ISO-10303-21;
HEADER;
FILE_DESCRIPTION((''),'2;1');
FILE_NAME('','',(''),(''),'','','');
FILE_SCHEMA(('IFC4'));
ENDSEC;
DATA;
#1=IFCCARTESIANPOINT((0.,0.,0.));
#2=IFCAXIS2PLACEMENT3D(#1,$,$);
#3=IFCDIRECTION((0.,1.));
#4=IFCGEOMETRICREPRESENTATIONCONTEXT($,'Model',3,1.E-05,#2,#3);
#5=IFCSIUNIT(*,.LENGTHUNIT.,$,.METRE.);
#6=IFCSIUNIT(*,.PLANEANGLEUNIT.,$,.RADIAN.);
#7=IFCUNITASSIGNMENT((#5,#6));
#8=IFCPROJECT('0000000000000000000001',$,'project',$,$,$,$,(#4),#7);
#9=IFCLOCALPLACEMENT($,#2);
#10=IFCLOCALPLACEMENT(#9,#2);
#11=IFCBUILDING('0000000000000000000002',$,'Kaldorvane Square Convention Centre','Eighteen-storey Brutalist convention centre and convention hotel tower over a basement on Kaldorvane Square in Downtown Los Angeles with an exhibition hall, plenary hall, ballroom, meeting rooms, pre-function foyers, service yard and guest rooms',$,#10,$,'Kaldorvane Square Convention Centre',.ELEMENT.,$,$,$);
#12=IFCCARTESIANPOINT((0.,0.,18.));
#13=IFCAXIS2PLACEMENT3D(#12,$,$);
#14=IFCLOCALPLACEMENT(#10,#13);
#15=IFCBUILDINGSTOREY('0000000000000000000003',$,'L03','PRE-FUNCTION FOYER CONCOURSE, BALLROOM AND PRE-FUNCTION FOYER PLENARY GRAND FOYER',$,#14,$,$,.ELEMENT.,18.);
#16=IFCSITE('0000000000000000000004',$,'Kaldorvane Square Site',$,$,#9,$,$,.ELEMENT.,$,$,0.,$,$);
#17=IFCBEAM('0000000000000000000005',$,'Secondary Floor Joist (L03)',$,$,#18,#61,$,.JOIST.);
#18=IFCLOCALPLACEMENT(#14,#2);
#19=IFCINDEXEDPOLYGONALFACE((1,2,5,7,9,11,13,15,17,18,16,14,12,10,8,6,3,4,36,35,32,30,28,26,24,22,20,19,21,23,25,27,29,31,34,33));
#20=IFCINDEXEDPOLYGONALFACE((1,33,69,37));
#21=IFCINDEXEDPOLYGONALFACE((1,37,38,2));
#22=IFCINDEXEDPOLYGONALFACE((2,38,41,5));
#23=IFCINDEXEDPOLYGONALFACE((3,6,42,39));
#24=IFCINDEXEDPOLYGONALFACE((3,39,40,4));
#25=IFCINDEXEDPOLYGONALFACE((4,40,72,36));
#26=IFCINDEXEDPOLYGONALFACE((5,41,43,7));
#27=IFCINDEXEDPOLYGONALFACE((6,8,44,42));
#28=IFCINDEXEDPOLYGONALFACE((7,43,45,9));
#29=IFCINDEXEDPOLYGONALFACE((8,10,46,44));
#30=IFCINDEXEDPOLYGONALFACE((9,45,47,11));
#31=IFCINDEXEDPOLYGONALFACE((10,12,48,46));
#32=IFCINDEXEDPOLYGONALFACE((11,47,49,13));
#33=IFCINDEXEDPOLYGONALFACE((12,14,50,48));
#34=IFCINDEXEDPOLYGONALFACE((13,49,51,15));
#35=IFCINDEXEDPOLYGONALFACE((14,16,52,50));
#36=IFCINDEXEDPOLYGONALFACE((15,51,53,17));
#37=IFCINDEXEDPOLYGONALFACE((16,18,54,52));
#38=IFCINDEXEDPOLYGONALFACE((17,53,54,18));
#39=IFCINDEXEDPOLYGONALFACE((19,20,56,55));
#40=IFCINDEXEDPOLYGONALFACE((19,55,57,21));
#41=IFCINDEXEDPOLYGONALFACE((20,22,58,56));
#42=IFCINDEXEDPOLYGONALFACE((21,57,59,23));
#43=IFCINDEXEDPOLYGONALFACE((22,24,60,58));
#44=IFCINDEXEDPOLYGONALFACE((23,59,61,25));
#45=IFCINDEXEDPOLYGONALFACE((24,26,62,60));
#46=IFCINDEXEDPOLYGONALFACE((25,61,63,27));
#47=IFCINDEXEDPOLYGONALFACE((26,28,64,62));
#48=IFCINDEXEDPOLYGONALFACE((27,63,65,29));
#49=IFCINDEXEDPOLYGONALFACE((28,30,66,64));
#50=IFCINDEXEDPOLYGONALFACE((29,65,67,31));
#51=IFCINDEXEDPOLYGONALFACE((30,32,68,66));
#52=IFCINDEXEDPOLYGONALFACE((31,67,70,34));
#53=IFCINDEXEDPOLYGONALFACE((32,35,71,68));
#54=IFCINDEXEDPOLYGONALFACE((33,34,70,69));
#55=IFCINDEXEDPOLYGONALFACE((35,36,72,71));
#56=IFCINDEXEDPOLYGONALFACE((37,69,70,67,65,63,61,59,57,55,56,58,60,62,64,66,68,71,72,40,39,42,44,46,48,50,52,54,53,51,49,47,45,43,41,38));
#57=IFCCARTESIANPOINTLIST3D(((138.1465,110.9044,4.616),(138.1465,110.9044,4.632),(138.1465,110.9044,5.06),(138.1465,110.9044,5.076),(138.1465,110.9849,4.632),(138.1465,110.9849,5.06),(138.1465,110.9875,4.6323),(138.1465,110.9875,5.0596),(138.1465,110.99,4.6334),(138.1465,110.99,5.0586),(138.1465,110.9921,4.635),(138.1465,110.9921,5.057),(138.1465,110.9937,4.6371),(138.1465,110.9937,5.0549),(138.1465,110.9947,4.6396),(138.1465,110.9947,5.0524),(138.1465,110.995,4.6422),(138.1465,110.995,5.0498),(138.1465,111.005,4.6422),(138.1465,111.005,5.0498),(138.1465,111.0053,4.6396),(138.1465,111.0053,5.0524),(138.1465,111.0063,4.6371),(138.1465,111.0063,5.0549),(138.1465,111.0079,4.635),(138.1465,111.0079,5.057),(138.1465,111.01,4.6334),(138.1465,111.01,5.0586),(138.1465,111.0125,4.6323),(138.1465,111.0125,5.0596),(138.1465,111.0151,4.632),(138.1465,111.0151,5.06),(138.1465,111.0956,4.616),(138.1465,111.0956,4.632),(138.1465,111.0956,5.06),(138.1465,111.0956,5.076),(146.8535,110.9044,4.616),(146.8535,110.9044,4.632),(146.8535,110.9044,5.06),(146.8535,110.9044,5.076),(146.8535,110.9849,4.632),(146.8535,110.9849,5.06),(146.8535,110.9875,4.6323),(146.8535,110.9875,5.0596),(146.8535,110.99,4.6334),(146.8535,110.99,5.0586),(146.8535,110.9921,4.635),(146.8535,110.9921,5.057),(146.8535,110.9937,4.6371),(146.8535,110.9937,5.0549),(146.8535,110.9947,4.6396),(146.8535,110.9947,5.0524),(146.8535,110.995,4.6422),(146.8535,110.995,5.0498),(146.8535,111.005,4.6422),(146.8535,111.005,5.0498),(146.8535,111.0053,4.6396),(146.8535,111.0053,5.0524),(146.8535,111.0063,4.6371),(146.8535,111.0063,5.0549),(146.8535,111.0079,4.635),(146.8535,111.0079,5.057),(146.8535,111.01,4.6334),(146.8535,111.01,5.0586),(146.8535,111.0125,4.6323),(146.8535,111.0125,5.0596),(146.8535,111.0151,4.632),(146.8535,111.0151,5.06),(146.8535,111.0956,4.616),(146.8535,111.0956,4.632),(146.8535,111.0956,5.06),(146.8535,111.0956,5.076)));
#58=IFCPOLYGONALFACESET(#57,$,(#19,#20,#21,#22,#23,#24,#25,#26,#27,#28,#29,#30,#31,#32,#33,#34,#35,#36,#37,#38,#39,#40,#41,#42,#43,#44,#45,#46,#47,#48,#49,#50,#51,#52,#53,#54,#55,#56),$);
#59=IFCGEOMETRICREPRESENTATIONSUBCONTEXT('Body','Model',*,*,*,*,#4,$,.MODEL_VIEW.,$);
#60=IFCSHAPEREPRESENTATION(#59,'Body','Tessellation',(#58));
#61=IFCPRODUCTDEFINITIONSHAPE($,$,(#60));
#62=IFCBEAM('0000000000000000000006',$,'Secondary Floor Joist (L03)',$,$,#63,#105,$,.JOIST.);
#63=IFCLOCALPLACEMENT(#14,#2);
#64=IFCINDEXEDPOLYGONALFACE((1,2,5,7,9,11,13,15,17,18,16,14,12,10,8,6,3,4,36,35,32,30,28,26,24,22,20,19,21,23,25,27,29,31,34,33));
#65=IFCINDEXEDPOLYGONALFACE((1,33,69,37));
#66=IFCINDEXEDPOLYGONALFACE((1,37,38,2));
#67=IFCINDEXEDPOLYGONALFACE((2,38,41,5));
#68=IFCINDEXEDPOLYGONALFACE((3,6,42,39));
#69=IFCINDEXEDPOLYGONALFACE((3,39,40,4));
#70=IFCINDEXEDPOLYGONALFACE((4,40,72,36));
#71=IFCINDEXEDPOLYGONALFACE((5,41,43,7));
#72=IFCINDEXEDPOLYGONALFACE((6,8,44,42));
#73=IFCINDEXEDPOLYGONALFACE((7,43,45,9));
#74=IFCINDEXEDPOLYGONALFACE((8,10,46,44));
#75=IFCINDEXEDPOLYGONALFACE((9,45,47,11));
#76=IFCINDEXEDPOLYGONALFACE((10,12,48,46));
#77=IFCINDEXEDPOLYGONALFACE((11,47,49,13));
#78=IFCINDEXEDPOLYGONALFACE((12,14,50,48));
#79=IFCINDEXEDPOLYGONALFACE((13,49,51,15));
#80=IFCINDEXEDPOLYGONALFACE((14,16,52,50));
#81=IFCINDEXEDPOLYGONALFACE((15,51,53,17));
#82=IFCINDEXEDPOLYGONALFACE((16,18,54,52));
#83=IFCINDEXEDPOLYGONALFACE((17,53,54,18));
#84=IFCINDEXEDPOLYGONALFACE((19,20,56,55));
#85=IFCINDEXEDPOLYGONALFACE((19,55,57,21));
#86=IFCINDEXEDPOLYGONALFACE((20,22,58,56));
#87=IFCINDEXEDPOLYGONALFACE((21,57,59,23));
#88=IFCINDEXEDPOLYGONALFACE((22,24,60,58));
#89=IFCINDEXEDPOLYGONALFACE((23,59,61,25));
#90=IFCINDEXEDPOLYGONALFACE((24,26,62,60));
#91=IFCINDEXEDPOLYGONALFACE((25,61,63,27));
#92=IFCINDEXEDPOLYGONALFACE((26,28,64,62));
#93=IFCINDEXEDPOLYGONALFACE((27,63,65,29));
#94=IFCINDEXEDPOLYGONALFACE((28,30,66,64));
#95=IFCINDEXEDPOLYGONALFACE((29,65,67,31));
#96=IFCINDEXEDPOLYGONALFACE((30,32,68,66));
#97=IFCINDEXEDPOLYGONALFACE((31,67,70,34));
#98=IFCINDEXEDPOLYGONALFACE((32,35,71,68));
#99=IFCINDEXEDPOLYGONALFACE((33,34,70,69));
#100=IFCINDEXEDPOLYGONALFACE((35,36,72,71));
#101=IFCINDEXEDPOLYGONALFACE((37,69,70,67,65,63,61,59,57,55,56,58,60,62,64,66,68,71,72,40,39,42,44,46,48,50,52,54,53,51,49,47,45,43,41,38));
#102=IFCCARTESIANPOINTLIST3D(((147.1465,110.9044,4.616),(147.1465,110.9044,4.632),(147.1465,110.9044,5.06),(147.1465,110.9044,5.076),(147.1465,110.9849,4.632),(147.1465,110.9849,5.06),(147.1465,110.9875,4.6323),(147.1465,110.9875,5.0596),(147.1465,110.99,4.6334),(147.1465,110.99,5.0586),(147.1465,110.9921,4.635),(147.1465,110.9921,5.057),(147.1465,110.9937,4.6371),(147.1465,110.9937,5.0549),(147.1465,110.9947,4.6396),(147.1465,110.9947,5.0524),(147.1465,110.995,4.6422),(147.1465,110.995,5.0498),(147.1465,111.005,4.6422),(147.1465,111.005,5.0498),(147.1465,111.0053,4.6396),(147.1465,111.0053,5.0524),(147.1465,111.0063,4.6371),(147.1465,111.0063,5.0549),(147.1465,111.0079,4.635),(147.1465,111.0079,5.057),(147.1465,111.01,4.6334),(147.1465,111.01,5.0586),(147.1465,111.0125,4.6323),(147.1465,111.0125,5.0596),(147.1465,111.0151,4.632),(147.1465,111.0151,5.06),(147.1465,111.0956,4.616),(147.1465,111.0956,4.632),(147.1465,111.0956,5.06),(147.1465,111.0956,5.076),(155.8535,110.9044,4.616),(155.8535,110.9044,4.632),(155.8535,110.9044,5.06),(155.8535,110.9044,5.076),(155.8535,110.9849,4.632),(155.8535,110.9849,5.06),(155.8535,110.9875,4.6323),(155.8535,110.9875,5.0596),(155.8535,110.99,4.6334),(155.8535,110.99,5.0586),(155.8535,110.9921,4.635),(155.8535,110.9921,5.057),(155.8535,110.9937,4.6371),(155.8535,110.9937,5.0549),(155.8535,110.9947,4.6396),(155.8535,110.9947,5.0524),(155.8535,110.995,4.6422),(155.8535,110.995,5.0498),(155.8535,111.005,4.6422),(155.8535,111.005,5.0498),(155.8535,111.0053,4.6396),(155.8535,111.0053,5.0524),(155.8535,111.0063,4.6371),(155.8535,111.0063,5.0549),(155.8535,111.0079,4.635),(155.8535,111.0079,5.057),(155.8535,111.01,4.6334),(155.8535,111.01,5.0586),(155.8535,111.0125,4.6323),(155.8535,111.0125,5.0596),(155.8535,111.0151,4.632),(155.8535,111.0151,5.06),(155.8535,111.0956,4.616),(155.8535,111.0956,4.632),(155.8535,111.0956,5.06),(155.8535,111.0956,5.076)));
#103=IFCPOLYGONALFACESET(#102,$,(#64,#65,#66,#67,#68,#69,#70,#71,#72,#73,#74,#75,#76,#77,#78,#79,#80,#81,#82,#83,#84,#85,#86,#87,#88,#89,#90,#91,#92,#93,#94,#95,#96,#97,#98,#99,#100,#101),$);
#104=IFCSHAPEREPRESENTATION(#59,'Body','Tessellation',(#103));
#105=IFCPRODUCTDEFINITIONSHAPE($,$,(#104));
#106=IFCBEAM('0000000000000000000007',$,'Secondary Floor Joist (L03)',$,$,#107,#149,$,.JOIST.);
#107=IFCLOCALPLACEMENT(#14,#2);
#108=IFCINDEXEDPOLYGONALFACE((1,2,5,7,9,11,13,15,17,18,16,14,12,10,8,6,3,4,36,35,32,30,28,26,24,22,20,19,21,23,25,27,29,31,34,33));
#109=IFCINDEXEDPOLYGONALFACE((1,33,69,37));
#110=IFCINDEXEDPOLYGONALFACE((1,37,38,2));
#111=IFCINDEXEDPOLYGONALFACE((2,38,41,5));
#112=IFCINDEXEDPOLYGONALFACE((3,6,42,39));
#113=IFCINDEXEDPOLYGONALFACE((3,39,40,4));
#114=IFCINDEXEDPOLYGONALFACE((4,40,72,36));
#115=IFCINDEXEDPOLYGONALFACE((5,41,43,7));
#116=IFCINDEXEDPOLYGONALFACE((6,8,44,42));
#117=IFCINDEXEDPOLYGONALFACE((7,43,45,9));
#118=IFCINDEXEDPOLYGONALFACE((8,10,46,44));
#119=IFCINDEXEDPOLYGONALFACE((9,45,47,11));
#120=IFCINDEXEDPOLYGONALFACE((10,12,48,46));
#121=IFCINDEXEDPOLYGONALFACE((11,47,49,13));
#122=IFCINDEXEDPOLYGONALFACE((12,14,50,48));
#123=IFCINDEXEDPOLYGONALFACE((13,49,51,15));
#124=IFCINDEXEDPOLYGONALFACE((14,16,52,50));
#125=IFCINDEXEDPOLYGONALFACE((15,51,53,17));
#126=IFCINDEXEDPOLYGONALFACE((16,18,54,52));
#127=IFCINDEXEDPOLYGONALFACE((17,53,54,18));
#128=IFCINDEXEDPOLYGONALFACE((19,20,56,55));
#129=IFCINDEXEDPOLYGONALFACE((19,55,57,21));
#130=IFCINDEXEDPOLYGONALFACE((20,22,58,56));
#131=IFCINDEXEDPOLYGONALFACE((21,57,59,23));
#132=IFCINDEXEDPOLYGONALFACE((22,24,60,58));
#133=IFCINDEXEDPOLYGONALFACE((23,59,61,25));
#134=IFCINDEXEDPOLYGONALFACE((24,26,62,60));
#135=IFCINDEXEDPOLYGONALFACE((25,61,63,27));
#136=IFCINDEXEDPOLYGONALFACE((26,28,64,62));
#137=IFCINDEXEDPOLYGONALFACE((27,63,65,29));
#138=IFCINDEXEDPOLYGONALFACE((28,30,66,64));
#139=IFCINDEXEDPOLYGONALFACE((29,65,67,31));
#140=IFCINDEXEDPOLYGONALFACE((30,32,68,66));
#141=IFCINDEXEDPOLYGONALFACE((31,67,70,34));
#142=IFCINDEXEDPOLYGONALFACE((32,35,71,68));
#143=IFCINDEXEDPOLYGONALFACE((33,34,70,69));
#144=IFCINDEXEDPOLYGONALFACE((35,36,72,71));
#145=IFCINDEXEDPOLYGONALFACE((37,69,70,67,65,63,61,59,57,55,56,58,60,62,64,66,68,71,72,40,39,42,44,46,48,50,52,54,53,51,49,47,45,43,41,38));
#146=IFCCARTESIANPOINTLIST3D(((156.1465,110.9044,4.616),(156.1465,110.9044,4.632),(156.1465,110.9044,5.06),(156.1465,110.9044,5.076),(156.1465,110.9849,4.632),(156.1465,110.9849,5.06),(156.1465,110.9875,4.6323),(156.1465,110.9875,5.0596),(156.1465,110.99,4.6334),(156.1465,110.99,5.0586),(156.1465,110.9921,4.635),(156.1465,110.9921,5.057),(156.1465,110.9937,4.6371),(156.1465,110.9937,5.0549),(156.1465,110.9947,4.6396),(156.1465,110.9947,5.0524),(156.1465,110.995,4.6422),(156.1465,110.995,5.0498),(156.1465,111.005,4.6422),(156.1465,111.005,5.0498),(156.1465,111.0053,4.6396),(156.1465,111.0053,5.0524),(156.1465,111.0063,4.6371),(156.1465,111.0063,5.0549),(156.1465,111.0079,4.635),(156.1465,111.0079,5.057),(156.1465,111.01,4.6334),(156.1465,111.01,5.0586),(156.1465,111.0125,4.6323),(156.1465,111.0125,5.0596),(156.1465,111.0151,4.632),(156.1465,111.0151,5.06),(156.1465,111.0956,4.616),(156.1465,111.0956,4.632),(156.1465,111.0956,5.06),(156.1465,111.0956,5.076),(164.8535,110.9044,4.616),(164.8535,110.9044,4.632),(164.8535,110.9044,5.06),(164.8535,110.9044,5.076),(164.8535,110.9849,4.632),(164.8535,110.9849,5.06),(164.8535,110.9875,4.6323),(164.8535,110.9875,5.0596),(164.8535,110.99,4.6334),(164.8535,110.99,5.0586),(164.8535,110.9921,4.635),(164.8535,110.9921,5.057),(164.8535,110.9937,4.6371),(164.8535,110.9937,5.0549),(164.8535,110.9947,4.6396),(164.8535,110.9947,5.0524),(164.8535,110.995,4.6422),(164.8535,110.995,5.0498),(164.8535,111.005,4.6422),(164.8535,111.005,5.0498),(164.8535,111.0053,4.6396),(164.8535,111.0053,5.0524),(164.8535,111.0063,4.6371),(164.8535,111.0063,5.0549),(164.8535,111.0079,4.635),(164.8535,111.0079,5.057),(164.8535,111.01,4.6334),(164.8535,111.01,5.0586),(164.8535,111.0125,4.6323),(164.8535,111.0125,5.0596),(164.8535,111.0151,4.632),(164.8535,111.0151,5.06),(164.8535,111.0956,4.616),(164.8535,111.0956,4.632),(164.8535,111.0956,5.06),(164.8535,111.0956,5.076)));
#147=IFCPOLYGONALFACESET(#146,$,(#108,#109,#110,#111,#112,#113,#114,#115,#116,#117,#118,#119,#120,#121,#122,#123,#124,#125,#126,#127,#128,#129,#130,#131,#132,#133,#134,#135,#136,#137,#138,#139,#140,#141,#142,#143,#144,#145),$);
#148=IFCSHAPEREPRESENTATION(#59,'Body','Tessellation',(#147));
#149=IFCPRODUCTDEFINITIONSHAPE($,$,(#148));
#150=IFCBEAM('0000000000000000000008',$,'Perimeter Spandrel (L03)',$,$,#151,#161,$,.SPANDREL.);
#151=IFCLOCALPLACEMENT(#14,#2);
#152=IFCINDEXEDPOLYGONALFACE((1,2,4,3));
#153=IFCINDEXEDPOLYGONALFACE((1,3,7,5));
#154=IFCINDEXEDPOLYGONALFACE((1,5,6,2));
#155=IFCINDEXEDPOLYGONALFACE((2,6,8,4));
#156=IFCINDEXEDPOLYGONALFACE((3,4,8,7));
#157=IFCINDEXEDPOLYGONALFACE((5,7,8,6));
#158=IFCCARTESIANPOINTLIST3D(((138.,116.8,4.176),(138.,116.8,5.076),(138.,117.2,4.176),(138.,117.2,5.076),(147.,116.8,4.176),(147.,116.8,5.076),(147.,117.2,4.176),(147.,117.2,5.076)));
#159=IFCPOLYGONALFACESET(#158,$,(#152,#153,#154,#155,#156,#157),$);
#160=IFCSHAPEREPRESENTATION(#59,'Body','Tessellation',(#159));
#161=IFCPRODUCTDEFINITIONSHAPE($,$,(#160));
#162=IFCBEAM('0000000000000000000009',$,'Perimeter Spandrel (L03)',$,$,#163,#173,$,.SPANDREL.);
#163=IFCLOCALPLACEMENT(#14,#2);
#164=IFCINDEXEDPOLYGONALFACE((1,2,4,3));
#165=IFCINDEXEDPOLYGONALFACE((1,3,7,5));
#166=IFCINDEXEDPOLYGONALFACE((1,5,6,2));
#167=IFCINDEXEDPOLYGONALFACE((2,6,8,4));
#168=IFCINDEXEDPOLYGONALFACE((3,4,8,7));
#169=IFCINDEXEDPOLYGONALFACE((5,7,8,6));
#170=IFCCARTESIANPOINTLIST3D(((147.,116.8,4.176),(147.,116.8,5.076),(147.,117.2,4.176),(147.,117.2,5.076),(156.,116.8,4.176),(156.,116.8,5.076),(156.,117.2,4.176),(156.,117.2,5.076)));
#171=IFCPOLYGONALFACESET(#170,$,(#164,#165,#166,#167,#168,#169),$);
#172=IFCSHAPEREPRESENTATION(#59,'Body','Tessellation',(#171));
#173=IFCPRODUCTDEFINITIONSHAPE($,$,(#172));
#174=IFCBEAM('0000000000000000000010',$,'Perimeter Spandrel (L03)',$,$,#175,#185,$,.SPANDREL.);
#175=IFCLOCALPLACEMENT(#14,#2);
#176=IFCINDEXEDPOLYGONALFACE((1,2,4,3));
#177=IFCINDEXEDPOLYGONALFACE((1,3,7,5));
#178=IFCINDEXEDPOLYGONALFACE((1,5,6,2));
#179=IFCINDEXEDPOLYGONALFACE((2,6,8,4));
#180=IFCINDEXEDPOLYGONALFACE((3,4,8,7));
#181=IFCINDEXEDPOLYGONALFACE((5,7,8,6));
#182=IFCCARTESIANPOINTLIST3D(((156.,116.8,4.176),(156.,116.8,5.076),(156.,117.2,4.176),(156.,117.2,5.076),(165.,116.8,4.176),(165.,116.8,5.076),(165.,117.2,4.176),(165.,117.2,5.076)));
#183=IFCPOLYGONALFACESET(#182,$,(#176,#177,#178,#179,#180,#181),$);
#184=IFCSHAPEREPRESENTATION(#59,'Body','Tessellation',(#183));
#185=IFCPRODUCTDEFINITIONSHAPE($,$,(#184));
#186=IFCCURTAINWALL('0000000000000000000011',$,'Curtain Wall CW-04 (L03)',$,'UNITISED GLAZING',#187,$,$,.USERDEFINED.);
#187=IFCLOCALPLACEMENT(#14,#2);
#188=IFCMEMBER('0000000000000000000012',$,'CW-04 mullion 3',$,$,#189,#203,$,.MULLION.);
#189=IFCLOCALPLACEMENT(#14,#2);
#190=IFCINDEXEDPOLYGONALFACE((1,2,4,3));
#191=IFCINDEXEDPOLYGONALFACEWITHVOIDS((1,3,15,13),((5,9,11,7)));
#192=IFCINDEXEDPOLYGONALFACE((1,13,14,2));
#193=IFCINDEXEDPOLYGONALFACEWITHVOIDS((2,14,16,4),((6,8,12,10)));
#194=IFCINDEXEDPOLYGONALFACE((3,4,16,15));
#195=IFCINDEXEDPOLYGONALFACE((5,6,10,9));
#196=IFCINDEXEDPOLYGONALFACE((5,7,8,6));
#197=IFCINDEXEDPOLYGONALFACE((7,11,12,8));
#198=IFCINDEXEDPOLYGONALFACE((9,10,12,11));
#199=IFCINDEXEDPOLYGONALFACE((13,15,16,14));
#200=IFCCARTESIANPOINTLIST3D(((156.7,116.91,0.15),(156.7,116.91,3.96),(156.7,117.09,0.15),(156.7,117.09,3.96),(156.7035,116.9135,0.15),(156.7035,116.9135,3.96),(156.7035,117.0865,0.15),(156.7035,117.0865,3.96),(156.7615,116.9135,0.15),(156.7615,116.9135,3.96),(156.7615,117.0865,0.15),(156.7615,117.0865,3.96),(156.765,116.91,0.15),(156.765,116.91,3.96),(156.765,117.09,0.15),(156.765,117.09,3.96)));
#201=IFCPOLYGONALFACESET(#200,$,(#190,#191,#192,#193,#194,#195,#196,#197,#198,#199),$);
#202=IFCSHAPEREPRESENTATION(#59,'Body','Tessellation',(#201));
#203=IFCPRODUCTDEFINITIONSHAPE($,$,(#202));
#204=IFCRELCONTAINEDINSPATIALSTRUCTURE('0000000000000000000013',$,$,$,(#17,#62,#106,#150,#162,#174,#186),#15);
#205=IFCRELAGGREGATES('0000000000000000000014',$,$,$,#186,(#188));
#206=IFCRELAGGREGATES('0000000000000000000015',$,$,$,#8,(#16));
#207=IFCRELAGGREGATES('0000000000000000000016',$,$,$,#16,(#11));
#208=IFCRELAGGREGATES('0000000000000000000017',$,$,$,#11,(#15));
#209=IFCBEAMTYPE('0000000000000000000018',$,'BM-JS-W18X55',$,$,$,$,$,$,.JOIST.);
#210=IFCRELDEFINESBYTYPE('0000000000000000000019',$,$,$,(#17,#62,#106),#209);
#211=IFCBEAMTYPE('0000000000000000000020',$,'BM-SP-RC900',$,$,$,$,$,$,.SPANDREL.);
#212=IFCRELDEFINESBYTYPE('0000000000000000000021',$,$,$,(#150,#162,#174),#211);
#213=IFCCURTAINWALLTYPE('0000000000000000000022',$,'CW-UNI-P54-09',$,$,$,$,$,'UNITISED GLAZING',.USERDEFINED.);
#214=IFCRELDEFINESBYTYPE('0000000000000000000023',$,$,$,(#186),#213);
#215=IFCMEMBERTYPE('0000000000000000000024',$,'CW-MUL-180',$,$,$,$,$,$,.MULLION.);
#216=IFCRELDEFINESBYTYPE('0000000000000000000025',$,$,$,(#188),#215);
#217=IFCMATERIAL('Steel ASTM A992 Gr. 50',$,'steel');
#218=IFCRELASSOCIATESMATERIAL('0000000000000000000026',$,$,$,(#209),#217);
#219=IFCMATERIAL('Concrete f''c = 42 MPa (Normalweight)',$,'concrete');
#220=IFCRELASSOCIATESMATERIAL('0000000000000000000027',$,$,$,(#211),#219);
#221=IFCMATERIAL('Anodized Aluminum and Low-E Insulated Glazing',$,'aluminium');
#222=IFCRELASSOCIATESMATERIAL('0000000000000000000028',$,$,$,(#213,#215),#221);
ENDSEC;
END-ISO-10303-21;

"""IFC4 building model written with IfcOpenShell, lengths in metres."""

from ifc_helpers import new_model, si_unit, direction, frame, origin, origin_2d, place, context, subcontext, project, spatial, rectangle, hollow_rectangle, i_section, extrude, material, material_profile, profile_set, type_object, element, aggregate, save


model = new_model("IFC4")

# Units and contexts
model_context = context("Model", 3, precision=1e-05, world=origin(), true_north=direction((0.0, 1.0)))
body_context = subcontext(model_context, "Body", "Model", "MODEL_VIEW")
ifc_project = project(units=[si_unit("LENGTHUNIT", "METRE"), si_unit("PLANEANGLEUNIT", "RADIAN")], contexts=[model_context])

# Site, building, storey
site_placement = place(None, origin())
site = spatial("IfcSite", under=ifc_project, at=site_placement, Name="Kaldorvane Square Site", CompositionType="ELEMENT", RefElevation=0.0)
building_placement = place(site_placement, origin())
building = spatial("IfcBuilding", under=site, at=building_placement, Name="Kaldorvane Square Convention Centre", Description="Eighteen-storey Brutalist convention centre and convention hotel tower over a basement on Kaldorvane Square in Downtown Los Angeles with an exhibition hall, plenary hall, ballroom, meeting rooms, pre-function foyers, service yard and guest rooms", LongName="Kaldorvane Square Convention Centre", CompositionType="ELEMENT")
storey_placement = place(building_placement, frame((0.0, 0.0, 18.0)))
storey = spatial("IfcBuildingStorey", under=building, at=storey_placement, Name="L03", Description="PRE-FUNCTION FOYER CONCOURSE, BALLROOM AND PRE-FUNCTION FOYER PLENARY GRAND FOYER", CompositionType="ELEMENT", Elevation=18.0)

# Shared definitions
ifc_material_1 = material(Name="Steel ASTM A992 Gr. 50", Category="steel")

# Beams
ifc_material_profile_1 = material_profile(ifc_material_1, i_section(OverallWidth=0.1913, OverallDepth=0.46, WebThickness=0.0099, FlangeThickness=0.016, FilletRadius=0.0102, at=origin_2d()), Name="W18X55")
ifc_profile_set_1 = profile_set([ifc_material_profile_1], Name="Steel ASTM A992 Gr. 50")
beam_type_1 = type_object("IfcBeamType", Name="BM-JS-W18X55", PredefinedType="JOIST", material=ifc_profile_set_1)
for number, where, z_axis, x_axis, name in (
    (1, (138.1465, 111.0, 4.846), (1.0, 0.0, 0.0), (0.0, 1.0, 0.0), "Secondary Floor Joist (L03)"),
    (2, (147.1465, 111.0, 4.846), (1.0, 0.0, 0.0), (0.0, 1.0, 0.0), "Secondary Floor Joist (L03)"),
    (3, (156.1465, 111.0, 4.846), (1.0, 0.0, 0.0), (0.0, 1.0, 0.0), "Secondary Floor Joist (L03)"),
):
    element("IfcBeam", number, at=place(storey_placement, frame(where, z_axis=z_axis, x_axis=x_axis)), inside=storey, type_object=beam_type_1, Name=name, PredefinedType="JOIST", context=body_context, shape_type="SweptSolid", body=[
        extrude(i_section(OverallWidth=0.1913, OverallDepth=0.46, WebThickness=0.0099, FlangeThickness=0.016, FilletRadius=0.0102, at=origin_2d()), origin(), (0.0, 0.0, 1.0), 8.707),
    ])
ifc_material_2 = material(Name="Concrete f'c = 42 MPa (Normalweight)", Category="concrete")
ifc_material_profile_2 = material_profile(ifc_material_2, rectangle(XDim=0.4, YDim=0.9, at=origin_2d()), Name="RCSP900X400")
ifc_profile_set_2 = profile_set([ifc_material_profile_2], Name="Concrete f'c = 42 MPa (Normalweight)")
beam_type_2 = type_object("IfcBeamType", Name="BM-SP-RC900", PredefinedType="SPANDREL", material=ifc_profile_set_2)
for number, where, z_axis, x_axis, name in (
    (4, (138.0, 117.0, 4.626), (1.0, 0.0, 0.0), (0.0, 1.0, 0.0), "Perimeter Spandrel (L03)"),
    (5, (147.0, 117.0, 4.626), (1.0, 0.0, 0.0), (0.0, 1.0, 0.0), "Perimeter Spandrel (L03)"),
    (6, (156.0, 117.0, 4.626), (1.0, 0.0, 0.0), (0.0, 1.0, 0.0), "Perimeter Spandrel (L03)"),
):
    element("IfcBeam", number, at=place(storey_placement, frame(where, z_axis=z_axis, x_axis=x_axis)), inside=storey, type_object=beam_type_2, Name=name, PredefinedType="SPANDREL", context=body_context, shape_type="SweptSolid", body=[
        extrude(rectangle(XDim=0.4, YDim=0.9, at=origin_2d()), origin(), (0.0, 0.0, 1.0), 9.0),
    ])

# Curtain wall, member
ifc_material_3 = material(Name="Anodized Aluminum and Low-E Insulated Glazing", Category="aluminium")
curtain_wall_type = type_object("IfcCurtainWallType", Name="CW-UNI-P54-09", ElementType="UNITISED GLAZING", PredefinedType="USERDEFINED", material=ifc_material_3)
curtain_wall_placement = place(storey_placement, origin())
curtain_wall = element("IfcCurtainWall", 7, at=curtain_wall_placement, inside=storey, type_object=curtain_wall_type, Name="Curtain Wall CW-04 (L03)", ObjectType="UNITISED GLAZING", PredefinedType="USERDEFINED")
ifc_material_profile_3 = material_profile(ifc_material_3, hollow_rectangle(XDim=0.065, YDim=0.18, WallThickness=0.0035, at=origin_2d()), Name="CWM-180X65")
ifc_profile_set_3 = profile_set([ifc_material_profile_3], Name="Anodized Aluminum and Low-E Insulated Glazing")
member_type_1 = type_object("IfcMemberType", Name="CW-MUL-180", PredefinedType="MULLION", material=ifc_profile_set_3)
member_1_placement = place(storey_placement, frame((156.7325, 117.0, 0.15), z_axis=(0.0, 0.0, 1.0), x_axis=(-1.0, 0.0, 0.0)))
member_1 = element("IfcMember", 8, at=member_1_placement, type_object=member_type_1, Name="CW-04 mullion 3", PredefinedType="MULLION", context=body_context, shape_type="SweptSolid", body=[
    extrude(hollow_rectangle(XDim=0.065, YDim=0.18, WallThickness=0.0035, at=origin_2d()), origin(), (0.0, 0.0, 1.0), 3.81),
])
aggregate(curtain_wall, [member_1])

save(model, "model.ifc")
